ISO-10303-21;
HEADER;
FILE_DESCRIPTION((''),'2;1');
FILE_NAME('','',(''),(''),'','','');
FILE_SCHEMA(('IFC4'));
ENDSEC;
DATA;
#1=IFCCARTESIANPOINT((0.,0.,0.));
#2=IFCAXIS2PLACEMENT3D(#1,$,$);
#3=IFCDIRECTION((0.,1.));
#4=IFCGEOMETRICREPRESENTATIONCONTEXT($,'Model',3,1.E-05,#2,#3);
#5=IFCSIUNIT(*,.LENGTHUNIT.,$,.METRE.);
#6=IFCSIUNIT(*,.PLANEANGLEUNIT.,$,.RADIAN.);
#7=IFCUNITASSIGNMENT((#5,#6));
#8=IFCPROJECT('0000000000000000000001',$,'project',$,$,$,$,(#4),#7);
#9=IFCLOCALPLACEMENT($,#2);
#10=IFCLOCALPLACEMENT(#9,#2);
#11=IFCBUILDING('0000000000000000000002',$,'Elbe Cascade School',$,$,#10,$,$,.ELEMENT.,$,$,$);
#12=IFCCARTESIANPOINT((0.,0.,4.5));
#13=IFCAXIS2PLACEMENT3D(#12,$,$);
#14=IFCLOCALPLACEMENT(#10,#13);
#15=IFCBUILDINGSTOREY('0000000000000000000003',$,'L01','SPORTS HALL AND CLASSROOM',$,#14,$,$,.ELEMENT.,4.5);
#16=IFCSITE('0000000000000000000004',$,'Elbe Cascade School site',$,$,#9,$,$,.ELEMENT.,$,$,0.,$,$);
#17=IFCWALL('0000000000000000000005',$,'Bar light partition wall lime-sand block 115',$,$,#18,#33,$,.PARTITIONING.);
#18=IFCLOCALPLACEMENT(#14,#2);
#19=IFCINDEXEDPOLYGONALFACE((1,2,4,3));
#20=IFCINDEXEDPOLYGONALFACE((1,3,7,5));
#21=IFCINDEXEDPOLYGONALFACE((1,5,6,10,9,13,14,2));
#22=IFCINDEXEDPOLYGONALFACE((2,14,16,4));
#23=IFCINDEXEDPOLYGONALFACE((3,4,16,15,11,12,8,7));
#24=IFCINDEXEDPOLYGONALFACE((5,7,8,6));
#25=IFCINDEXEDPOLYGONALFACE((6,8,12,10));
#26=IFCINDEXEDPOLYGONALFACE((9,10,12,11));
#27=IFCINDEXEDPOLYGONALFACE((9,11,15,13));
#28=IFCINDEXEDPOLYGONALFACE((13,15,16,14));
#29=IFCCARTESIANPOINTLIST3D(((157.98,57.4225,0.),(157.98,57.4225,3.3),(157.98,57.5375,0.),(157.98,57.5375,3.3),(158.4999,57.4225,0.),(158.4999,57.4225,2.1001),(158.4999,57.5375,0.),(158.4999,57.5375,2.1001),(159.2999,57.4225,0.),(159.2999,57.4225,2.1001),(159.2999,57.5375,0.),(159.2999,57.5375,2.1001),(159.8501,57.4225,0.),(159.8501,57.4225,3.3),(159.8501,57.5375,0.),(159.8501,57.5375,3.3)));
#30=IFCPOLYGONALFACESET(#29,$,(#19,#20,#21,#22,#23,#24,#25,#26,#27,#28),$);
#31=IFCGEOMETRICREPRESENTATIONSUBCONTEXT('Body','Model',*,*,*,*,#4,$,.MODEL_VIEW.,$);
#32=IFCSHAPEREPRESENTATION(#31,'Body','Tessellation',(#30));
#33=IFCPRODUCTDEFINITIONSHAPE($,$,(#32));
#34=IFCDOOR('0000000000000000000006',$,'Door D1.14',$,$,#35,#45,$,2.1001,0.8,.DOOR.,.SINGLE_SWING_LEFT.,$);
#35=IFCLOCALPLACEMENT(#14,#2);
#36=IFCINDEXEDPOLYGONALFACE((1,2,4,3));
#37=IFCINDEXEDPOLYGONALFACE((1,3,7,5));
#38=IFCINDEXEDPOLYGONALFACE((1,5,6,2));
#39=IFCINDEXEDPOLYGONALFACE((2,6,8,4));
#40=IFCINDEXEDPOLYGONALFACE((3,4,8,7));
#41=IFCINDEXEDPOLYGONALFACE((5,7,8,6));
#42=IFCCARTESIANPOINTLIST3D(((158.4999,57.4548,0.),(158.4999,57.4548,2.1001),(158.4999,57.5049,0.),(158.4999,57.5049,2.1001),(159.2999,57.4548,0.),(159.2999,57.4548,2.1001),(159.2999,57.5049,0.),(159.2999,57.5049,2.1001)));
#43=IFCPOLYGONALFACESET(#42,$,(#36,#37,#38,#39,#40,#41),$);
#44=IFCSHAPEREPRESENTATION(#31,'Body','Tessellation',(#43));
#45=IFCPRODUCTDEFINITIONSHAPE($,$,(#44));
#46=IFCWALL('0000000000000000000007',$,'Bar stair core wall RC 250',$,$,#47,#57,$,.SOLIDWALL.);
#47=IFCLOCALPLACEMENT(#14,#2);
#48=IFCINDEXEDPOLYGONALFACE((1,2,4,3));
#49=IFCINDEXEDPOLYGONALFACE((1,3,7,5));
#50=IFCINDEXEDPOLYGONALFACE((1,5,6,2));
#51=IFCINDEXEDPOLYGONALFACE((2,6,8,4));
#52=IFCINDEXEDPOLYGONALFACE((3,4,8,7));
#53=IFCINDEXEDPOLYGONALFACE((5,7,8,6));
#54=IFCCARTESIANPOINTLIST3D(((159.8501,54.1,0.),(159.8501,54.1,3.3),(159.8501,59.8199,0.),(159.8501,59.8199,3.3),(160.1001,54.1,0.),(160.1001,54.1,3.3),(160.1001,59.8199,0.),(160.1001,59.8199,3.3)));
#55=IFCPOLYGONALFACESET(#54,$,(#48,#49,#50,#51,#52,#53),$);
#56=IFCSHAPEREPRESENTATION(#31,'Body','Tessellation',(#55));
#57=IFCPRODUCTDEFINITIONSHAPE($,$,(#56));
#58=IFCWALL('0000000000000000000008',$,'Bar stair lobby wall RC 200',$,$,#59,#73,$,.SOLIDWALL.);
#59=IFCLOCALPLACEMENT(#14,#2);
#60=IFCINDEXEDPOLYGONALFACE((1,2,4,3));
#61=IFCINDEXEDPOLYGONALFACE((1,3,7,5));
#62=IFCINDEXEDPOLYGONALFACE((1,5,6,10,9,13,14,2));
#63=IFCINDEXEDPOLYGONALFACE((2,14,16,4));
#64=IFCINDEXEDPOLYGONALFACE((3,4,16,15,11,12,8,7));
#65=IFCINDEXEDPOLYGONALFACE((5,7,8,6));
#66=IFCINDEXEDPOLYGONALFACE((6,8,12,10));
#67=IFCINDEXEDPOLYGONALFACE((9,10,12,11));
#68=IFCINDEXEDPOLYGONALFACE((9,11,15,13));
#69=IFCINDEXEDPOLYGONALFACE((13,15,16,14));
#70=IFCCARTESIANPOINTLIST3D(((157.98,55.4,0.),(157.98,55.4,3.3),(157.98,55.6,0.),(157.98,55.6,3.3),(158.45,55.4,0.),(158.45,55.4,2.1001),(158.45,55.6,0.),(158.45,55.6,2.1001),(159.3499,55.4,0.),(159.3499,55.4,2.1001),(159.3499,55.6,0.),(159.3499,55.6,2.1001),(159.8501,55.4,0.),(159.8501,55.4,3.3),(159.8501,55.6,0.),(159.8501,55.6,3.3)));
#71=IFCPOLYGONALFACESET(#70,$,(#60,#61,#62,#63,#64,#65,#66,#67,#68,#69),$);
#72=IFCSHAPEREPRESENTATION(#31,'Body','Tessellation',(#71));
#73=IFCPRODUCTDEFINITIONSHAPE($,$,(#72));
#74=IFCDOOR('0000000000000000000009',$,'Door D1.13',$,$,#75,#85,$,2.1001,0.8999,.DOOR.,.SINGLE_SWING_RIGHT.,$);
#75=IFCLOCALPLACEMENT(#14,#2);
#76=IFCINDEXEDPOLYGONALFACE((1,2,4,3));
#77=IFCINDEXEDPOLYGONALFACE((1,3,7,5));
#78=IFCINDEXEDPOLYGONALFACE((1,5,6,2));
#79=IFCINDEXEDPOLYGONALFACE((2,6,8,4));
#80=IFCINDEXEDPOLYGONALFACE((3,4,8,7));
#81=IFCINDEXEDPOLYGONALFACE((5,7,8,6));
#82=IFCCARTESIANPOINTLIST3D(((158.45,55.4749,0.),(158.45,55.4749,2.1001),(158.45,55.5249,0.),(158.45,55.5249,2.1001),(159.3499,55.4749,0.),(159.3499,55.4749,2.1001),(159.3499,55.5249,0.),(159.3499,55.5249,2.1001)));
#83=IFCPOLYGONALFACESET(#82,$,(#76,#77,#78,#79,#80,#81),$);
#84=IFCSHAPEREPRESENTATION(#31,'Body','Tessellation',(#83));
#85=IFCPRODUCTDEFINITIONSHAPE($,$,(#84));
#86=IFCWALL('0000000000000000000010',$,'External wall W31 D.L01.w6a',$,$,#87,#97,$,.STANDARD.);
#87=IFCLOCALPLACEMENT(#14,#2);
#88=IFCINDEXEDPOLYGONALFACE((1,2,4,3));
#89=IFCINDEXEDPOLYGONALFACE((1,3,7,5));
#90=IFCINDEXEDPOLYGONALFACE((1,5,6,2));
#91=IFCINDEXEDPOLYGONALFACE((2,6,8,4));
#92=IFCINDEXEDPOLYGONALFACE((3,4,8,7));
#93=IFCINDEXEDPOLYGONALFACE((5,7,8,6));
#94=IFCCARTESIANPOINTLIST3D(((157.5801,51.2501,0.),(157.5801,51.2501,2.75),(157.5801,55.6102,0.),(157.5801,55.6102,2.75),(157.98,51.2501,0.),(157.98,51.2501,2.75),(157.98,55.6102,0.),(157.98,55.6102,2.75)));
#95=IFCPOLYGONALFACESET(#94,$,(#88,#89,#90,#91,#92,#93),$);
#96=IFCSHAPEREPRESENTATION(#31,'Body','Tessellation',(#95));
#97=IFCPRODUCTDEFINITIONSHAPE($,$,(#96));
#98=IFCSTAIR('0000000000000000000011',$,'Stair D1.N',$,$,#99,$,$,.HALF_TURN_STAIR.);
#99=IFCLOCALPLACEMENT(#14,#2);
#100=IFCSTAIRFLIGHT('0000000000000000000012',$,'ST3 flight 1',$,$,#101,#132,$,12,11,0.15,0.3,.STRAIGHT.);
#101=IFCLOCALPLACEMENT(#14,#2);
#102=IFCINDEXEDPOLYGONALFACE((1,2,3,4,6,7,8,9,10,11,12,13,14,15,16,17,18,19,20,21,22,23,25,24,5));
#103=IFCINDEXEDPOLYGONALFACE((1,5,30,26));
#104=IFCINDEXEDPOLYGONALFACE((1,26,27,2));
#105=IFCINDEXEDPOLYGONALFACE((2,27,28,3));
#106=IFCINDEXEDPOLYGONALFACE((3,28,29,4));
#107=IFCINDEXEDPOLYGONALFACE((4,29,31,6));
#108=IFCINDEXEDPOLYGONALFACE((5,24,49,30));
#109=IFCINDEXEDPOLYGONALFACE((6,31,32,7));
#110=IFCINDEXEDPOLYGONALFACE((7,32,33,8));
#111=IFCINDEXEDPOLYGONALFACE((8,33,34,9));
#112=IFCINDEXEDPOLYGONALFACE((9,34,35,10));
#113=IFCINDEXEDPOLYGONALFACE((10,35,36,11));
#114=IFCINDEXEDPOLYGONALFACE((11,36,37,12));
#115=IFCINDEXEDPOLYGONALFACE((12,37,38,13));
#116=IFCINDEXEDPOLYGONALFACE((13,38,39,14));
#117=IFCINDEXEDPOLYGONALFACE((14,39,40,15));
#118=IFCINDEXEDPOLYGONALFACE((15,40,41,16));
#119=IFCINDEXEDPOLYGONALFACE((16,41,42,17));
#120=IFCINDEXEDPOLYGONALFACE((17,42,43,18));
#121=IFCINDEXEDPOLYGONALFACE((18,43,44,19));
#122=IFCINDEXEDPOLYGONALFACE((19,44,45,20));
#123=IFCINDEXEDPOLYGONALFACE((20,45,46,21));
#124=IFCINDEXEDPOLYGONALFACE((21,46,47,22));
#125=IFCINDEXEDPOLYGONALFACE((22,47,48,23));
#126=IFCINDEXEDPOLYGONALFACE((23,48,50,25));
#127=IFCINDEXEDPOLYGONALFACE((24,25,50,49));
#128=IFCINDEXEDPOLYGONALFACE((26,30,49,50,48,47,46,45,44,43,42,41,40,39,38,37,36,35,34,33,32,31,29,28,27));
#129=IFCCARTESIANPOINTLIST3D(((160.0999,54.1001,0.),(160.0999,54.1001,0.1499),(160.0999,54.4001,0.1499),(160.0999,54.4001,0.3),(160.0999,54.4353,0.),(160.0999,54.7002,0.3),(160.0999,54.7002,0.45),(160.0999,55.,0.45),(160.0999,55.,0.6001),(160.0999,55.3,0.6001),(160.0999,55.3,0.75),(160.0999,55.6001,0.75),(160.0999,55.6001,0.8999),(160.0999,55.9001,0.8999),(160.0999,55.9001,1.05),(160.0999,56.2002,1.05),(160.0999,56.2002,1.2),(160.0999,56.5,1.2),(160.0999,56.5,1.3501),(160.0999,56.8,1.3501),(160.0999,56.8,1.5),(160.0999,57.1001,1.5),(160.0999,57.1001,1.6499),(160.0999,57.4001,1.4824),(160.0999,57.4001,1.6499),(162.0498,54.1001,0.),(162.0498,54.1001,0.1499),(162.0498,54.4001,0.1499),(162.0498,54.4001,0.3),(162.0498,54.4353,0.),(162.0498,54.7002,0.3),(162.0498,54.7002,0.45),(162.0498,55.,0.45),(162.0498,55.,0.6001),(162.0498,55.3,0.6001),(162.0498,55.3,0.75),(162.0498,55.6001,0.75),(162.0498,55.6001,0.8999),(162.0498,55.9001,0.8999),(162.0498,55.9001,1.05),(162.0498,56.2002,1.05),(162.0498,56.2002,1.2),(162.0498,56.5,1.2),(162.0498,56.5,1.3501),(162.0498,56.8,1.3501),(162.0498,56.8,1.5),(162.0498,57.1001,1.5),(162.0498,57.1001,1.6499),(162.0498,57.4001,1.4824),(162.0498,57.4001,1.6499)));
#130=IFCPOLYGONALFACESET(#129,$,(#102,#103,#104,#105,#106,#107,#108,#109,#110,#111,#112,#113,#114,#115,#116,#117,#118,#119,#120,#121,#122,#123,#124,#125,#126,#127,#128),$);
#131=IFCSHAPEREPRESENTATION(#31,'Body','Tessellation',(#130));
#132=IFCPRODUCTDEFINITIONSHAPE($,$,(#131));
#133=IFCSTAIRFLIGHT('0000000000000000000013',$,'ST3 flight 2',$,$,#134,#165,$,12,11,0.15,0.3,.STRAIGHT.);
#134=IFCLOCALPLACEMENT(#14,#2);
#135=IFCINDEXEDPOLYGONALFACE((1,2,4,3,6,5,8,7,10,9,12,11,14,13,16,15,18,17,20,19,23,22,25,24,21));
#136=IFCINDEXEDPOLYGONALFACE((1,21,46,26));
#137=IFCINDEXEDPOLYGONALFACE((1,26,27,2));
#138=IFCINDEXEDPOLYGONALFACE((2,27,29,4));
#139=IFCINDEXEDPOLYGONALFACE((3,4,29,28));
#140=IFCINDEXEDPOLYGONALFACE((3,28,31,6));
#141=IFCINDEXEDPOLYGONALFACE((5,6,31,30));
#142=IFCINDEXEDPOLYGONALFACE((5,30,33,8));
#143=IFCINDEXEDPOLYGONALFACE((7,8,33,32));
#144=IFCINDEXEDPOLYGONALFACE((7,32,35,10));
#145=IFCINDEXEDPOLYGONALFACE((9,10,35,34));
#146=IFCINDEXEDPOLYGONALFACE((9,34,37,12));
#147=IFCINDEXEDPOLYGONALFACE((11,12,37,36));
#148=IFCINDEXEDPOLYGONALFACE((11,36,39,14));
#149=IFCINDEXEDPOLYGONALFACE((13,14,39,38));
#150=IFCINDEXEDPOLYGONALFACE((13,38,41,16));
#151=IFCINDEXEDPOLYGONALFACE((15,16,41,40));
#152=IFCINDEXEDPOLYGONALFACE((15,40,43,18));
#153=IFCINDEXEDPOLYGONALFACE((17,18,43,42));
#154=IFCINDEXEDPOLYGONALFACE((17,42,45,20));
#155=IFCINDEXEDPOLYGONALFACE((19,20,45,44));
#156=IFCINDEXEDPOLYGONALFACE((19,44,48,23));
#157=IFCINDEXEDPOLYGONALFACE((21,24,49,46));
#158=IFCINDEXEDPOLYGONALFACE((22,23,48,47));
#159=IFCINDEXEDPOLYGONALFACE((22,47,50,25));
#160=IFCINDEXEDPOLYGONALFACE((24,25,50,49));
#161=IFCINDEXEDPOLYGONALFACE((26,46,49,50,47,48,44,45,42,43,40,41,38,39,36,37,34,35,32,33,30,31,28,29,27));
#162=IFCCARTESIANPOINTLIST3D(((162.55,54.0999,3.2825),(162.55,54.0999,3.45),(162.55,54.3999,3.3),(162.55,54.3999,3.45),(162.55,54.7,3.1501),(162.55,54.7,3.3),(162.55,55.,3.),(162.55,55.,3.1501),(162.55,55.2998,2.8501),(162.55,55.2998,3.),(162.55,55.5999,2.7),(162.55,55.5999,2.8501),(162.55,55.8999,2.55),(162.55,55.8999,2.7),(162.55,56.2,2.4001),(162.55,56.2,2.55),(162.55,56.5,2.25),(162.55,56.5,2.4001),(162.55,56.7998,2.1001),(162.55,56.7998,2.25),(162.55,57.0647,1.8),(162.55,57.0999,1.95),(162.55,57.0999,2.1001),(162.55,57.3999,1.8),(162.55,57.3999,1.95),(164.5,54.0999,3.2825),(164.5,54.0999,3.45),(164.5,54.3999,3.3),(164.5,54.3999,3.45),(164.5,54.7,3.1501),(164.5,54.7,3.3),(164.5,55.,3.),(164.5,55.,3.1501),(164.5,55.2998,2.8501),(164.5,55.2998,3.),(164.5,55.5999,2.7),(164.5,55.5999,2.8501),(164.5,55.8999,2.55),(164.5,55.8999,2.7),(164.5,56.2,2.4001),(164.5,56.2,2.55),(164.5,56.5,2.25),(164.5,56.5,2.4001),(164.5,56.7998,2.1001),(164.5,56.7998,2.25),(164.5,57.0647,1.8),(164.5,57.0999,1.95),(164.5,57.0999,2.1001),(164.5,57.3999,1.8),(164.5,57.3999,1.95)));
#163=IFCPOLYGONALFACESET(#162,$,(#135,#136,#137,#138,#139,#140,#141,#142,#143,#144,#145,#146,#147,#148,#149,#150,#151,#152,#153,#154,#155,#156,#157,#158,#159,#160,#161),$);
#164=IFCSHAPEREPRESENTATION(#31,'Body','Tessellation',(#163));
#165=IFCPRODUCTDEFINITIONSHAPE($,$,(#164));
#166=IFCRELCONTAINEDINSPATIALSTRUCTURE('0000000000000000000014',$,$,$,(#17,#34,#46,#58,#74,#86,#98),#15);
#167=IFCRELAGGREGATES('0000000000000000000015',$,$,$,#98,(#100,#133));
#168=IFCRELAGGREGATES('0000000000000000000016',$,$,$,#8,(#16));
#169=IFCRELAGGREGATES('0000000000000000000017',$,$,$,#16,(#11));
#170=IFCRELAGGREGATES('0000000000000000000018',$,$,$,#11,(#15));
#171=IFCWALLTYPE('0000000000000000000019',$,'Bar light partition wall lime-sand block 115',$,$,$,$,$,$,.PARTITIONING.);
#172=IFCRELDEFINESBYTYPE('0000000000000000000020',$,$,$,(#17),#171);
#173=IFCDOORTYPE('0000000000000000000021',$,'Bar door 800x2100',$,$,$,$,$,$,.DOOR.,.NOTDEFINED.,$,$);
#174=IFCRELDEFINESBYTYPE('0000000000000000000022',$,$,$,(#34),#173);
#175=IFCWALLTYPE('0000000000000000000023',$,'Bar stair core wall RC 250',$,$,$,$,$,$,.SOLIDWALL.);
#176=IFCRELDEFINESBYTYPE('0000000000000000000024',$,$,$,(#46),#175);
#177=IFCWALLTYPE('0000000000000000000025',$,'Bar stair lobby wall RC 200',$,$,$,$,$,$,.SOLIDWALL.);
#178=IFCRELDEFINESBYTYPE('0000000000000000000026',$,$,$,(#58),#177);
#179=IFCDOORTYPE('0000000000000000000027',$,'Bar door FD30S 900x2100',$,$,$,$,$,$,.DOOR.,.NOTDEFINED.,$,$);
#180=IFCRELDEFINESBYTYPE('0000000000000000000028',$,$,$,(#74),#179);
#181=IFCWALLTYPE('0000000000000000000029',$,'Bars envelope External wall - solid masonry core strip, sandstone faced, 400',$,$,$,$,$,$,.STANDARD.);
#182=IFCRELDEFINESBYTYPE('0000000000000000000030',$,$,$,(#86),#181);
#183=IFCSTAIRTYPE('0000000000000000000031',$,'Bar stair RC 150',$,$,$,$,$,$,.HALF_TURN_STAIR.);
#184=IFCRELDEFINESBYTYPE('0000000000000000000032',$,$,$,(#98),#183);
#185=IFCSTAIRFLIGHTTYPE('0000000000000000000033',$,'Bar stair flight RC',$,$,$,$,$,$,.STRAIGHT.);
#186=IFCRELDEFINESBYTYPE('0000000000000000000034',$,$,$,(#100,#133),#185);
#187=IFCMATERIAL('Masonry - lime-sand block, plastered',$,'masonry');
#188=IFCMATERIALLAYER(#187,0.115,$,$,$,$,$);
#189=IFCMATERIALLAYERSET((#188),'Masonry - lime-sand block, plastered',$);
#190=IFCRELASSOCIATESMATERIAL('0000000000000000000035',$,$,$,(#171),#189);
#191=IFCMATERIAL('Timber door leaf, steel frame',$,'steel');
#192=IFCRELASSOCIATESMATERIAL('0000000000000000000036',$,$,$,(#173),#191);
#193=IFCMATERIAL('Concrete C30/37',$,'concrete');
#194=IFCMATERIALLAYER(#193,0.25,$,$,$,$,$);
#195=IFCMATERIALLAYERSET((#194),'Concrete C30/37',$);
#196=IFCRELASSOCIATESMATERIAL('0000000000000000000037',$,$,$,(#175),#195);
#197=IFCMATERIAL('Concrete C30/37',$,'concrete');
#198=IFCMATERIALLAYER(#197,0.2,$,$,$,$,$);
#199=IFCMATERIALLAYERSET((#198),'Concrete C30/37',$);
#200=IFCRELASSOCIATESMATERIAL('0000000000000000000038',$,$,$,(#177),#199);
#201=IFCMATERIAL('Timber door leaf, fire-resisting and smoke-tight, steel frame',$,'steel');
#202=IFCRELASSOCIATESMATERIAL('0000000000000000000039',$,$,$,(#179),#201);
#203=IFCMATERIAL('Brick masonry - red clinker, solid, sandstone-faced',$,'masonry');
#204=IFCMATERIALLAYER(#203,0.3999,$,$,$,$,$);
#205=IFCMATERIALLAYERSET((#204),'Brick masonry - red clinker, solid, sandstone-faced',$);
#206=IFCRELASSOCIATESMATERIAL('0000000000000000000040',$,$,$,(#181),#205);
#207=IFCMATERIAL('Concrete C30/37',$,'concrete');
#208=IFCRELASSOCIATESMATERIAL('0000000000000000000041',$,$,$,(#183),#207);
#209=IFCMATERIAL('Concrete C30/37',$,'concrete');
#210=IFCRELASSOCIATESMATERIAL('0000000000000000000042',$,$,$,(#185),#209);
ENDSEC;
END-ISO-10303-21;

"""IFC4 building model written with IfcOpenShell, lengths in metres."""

from ifc_helpers import new_model, si_unit, direction, frame, frame_2d, origin, place, context, subcontext, project, spatial, polyline, rectangle, outline, extrude, material, layer, layer_set, type_object, element, fill, aggregate, save


model = new_model("IFC4")

# Units and contexts
model_context = context("Model", 3, precision=1e-05, world=origin(), true_north=direction((0.0, 1.0)))
body_context = subcontext(model_context, "Body", "Model", "MODEL_VIEW")
ifc_project = project(units=[si_unit("LENGTHUNIT", "METRE"), si_unit("PLANEANGLEUNIT", "RADIAN")], contexts=[model_context])

# Site, building, storey
site_placement = place(None, origin())
site = spatial("IfcSite", under=ifc_project, at=site_placement, Name="Elbe Cascade School site", CompositionType="ELEMENT", RefElevation=0.0)
building_placement = place(site_placement, origin())
building = spatial("IfcBuilding", under=site, at=building_placement, Name="Elbe Cascade School", CompositionType="ELEMENT")
storey_placement = place(building_placement, frame((0.0, 0.0, 4.5)))
storey = spatial("IfcBuildingStorey", under=building, at=storey_placement, Name="L01", Description="SPORTS HALL AND CLASSROOM", CompositionType="ELEMENT", Elevation=4.5)

# Wall, opening, door
ifc_material_1 = material(Name="Masonry - lime-sand block, plastered", Category="masonry")
ifc_layer_1 = layer(ifc_material_1, 0.115)
ifc_layer_set_1 = layer_set([ifc_layer_1], Name="Masonry - lime-sand block, plastered")
wall_type_1 = type_object("IfcWallType", Name="Bar light partition wall lime-sand block 115", PredefinedType="PARTITIONING", material=ifc_layer_set_1)
wall_1_placement = place(storey_placement, frame((157.98, 57.48, 0.0), z_axis=(0.0, 0.0, 1.0), x_axis=(1.0, 0.0, 0.0)))
wall_1 = element("IfcWall", 1, at=wall_1_placement, inside=storey, type_object=wall_type_1, Name="Bar light partition wall lime-sand block 115", PredefinedType="PARTITIONING", context=body_context, shape_type="SweptSolid", body=[
    extrude(rectangle(XDim=1.8701, YDim=0.115, at=frame_2d((0.9351, 0.0))), origin(), (0.0, 0.0, 1.0), 3.3),
])
opening_1_placement = place(wall_1_placement, frame((0.52, 0.0, 0.0)))
opening_1 = element("IfcOpeningElement", 2, at=opening_1_placement, cuts=wall_1, PredefinedType="OPENING", context=body_context, shape_type="SweptSolid", body=[
    extrude(rectangle(XDim=0.8, YDim=2.1001, at=frame_2d((0.3999, 1.05))), frame((0.0, 0.0674, 0.0), z_axis=(0.0, -1.0, 0.0), x_axis=(1.0, 0.0, 0.0)), (0.0, 0.0, 1.0), 0.135),
])
ifc_material_2 = material(Name="Timber door leaf, steel frame", Category="steel")
door_type_1 = type_object("IfcDoorType", Name="Bar door 800x2100", OperationType="NOTDEFINED", PredefinedType="DOOR", material=ifc_material_2)
door_1_placement = place(opening_1_placement, origin())
door_1 = element("IfcDoor", 3, at=door_1_placement, inside=storey, type_object=door_type_1, Name="Door D1.14", OperationType="SINGLE_SWING_LEFT", OverallHeight=2.1001, OverallWidth=0.8, PredefinedType="DOOR", context=body_context, shape_type="SweptSolid", body=[
    extrude(rectangle(XDim=0.8, YDim=2.1001, at=frame_2d((0.3999, 1.05))), frame((0.0, 0.0249, 0.0), z_axis=(0.0, -1.0, 0.0), x_axis=(1.0, 0.0, 0.0)), (0.0, 0.0, 1.0), 0.05),
])
fill(opening_1, door_1)

# Wall
ifc_material_3 = material(Name="Concrete C30/37", Category="concrete")
ifc_layer_2 = layer(ifc_material_3, 0.25)
ifc_layer_set_2 = layer_set([ifc_layer_2], Name="Concrete C30/37")
wall_type_2 = type_object("IfcWallType", Name="Bar stair core wall RC 250", PredefinedType="SOLIDWALL", material=ifc_layer_set_2)
wall_2_placement = place(storey_placement, frame((159.9751, 54.1001, 0.0), z_axis=(0.0, 0.0, 1.0), x_axis=(0.0, 1.0, 0.0)))
element("IfcWall", 4, at=wall_2_placement, inside=storey, type_object=wall_type_2, Name="Bar stair core wall RC 250", PredefinedType="SOLIDWALL", context=body_context, shape_type="SweptSolid", body=[
    extrude(rectangle(XDim=5.72, YDim=0.25, at=frame_2d((2.8599, 0.0))), origin(), (0.0, 0.0, 1.0), 3.3),
])

# Wall, opening, door
ifc_material_4 = material(Name="Concrete C30/37", Category="concrete")
ifc_layer_3 = layer(ifc_material_4, 0.2)
ifc_layer_set_3 = layer_set([ifc_layer_3], Name="Concrete C30/37")
wall_type_3 = type_object("IfcWallType", Name="Bar stair lobby wall RC 200", PredefinedType="SOLIDWALL", material=ifc_layer_set_3)
wall_3_placement = place(storey_placement, frame((157.98, 55.5, 0.0), z_axis=(0.0, 0.0, 1.0), x_axis=(1.0, 0.0, 0.0)))
wall_3 = element("IfcWall", 5, at=wall_3_placement, inside=storey, type_object=wall_type_3, Name="Bar stair lobby wall RC 200", PredefinedType="SOLIDWALL", context=body_context, shape_type="SweptSolid", body=[
    extrude(rectangle(XDim=1.8701, YDim=0.2, at=frame_2d((0.9351, 0.0))), origin(), (0.0, 0.0, 1.0), 3.3),
])
opening_2_placement = place(wall_3_placement, frame((0.47, 0.0, 0.0)))
opening_2 = element("IfcOpeningElement", 6, at=opening_2_placement, cuts=wall_3, PredefinedType="OPENING", context=body_context, shape_type="SweptSolid", body=[
    extrude(rectangle(XDim=0.8999, YDim=2.1001, at=frame_2d((0.45, 1.05))), frame((0.0, 0.1099, 0.0), z_axis=(0.0, -1.0, 0.0), x_axis=(1.0, 0.0, 0.0)), (0.0, 0.0, 1.0), 0.22),
])
ifc_material_5 = material(Name="Timber door leaf, fire-resisting and smoke-tight, steel frame", Category="steel")
door_type_2 = type_object("IfcDoorType", Name="Bar door FD30S 900x2100", OperationType="NOTDEFINED", PredefinedType="DOOR", material=ifc_material_5)
door_2_placement = place(opening_2_placement, origin())
door_2 = element("IfcDoor", 7, at=door_2_placement, inside=storey, type_object=door_type_2, Name="Door D1.13", OperationType="SINGLE_SWING_RIGHT", OverallHeight=2.1001, OverallWidth=0.8999, PredefinedType="DOOR", context=body_context, shape_type="SweptSolid", body=[
    extrude(rectangle(XDim=0.8999, YDim=2.1001, at=frame_2d((0.45, 1.05))), frame((0.0, 0.0249, 0.0), z_axis=(0.0, -1.0, 0.0), x_axis=(1.0, 0.0, 0.0)), (0.0, 0.0, 1.0), 0.05),
])
fill(opening_2, door_2)

# Wall
ifc_material_6 = material(Name="Brick masonry - red clinker, solid, sandstone-faced", Category="masonry")
ifc_layer_4 = layer(ifc_material_6, 0.3999)
ifc_layer_set_4 = layer_set([ifc_layer_4], Name="Brick masonry - red clinker, solid, sandstone-faced")
wall_type_4 = type_object("IfcWallType", Name="Bars envelope External wall - solid masonry core strip, sandstone faced, 400", PredefinedType="STANDARD", material=ifc_layer_set_4)
wall_4_placement = place(storey_placement, frame((157.78, 51.25, 0.0), z_axis=(0.0, 0.0, 1.0), x_axis=(0.0, 1.0, 0.0)))
element("IfcWall", 8, at=wall_4_placement, inside=storey, type_object=wall_type_4, Name="External wall W31 D.L01.w6a", PredefinedType="STANDARD", context=body_context, shape_type="SweptSolid", body=[
    extrude(rectangle(XDim=4.3601, YDim=0.3999, at=frame_2d((2.1802, 0.0))), origin(), (0.0, 0.0, 1.0), 2.75),
])

# Stair, stair flights
ifc_material_7 = material(Name="Concrete C30/37", Category="concrete")
stair_type = type_object("IfcStairType", Name="Bar stair RC 150", PredefinedType="HALF_TURN_STAIR", material=ifc_material_7)
stair_placement = place(storey_placement, origin())
stair = element("IfcStair", 9, at=stair_placement, inside=storey, type_object=stair_type, Name="Stair D1.N", PredefinedType="HALF_TURN_STAIR")
ifc_material_8 = material(Name="Concrete C30/37", Category="concrete")
stair_flight_type = type_object("IfcStairFlightType", Name="Bar stair flight RC", PredefinedType="STRAIGHT", material=ifc_material_8)
stair_flight_1_placement = place(storey_placement, frame((161.075, 54.1001, 0.0), z_axis=(0.0, 0.0, 1.0), x_axis=(0.0, 1.0, 0.0)))
stair_flight_1 = element("IfcStairFlight", 10, at=stair_flight_1_placement, type_object=stair_flight_type, Name="ST3 flight 1", NumberOfRisers=12, NumberOfTreads=11, PredefinedType="STRAIGHT", RiserHeight=0.15, TreadLength=0.3, context=body_context, shape_type="SweptSolid", body=[
    extrude(outline(polyline([(0.0, 0.0), (0.0, 0.1499), (0.3, 0.1499), (0.3, 0.3), (0.6001, 0.3), (0.6001, 0.45), (0.8999, 0.45), (0.8999, 0.6001), (1.2, 0.6001), (1.2, 0.75), (1.5, 0.75), (1.5, 0.8999), (1.8, 0.8999), (1.8, 1.05), (2.1001, 1.05), (2.1001, 1.2), (2.3999, 1.2), (2.3999, 1.3501), (2.7, 1.3501), (2.7, 1.5), (3.0, 1.5), (3.0, 1.6499), (3.3, 1.6499), (3.3, 1.8), (3.3, 1.4824), (0.3352, 0.0), (0.0, 0.0)])), frame((0.0, 0.9751, 0.0), z_axis=(0.0, -1.0, 0.0), x_axis=(1.0, 0.0, 0.0)), (0.0, 0.0, 1.0), 1.95),
])
stair_flight_2_placement = place(storey_placement, frame((163.5249, 57.3999, 1.8), z_axis=(0.0, 0.0, 1.0), x_axis=(0.0, -1.0, 0.0)))
stair_flight_2 = element("IfcStairFlight", 11, at=stair_flight_2_placement, type_object=stair_flight_type, Name="ST3 flight 2", NumberOfRisers=12, NumberOfTreads=11, PredefinedType="STRAIGHT", RiserHeight=0.15, TreadLength=0.3, context=body_context, shape_type="SweptSolid", body=[
    extrude(outline(polyline([(0.0, 0.0), (0.0, 0.1499), (0.3, 0.1499), (0.3, 0.3), (0.6001, 0.3), (0.6001, 0.45), (0.8999, 0.45), (0.8999, 0.6001), (1.2, 0.6001), (1.2, 0.75), (1.5, 0.75), (1.5, 0.8999), (1.8, 0.8999), (1.8, 1.05), (2.1001, 1.05), (2.1001, 1.2), (2.3999, 1.2), (2.3999, 1.3501), (2.7, 1.3501), (2.7, 1.5), (3.0, 1.5), (3.0, 1.6499), (3.3, 1.6499), (3.3, 1.8), (3.3, 1.4824), (0.3352, 0.0), (0.0, 0.0)])), frame((0.0, 0.9751, 0.0), z_axis=(0.0, -1.0, 0.0), x_axis=(1.0, 0.0, 0.0)), (0.0, 0.0, 1.0), 1.95),
])
aggregate(stair, [stair_flight_1, stair_flight_2])

save(model, "model.ifc")
